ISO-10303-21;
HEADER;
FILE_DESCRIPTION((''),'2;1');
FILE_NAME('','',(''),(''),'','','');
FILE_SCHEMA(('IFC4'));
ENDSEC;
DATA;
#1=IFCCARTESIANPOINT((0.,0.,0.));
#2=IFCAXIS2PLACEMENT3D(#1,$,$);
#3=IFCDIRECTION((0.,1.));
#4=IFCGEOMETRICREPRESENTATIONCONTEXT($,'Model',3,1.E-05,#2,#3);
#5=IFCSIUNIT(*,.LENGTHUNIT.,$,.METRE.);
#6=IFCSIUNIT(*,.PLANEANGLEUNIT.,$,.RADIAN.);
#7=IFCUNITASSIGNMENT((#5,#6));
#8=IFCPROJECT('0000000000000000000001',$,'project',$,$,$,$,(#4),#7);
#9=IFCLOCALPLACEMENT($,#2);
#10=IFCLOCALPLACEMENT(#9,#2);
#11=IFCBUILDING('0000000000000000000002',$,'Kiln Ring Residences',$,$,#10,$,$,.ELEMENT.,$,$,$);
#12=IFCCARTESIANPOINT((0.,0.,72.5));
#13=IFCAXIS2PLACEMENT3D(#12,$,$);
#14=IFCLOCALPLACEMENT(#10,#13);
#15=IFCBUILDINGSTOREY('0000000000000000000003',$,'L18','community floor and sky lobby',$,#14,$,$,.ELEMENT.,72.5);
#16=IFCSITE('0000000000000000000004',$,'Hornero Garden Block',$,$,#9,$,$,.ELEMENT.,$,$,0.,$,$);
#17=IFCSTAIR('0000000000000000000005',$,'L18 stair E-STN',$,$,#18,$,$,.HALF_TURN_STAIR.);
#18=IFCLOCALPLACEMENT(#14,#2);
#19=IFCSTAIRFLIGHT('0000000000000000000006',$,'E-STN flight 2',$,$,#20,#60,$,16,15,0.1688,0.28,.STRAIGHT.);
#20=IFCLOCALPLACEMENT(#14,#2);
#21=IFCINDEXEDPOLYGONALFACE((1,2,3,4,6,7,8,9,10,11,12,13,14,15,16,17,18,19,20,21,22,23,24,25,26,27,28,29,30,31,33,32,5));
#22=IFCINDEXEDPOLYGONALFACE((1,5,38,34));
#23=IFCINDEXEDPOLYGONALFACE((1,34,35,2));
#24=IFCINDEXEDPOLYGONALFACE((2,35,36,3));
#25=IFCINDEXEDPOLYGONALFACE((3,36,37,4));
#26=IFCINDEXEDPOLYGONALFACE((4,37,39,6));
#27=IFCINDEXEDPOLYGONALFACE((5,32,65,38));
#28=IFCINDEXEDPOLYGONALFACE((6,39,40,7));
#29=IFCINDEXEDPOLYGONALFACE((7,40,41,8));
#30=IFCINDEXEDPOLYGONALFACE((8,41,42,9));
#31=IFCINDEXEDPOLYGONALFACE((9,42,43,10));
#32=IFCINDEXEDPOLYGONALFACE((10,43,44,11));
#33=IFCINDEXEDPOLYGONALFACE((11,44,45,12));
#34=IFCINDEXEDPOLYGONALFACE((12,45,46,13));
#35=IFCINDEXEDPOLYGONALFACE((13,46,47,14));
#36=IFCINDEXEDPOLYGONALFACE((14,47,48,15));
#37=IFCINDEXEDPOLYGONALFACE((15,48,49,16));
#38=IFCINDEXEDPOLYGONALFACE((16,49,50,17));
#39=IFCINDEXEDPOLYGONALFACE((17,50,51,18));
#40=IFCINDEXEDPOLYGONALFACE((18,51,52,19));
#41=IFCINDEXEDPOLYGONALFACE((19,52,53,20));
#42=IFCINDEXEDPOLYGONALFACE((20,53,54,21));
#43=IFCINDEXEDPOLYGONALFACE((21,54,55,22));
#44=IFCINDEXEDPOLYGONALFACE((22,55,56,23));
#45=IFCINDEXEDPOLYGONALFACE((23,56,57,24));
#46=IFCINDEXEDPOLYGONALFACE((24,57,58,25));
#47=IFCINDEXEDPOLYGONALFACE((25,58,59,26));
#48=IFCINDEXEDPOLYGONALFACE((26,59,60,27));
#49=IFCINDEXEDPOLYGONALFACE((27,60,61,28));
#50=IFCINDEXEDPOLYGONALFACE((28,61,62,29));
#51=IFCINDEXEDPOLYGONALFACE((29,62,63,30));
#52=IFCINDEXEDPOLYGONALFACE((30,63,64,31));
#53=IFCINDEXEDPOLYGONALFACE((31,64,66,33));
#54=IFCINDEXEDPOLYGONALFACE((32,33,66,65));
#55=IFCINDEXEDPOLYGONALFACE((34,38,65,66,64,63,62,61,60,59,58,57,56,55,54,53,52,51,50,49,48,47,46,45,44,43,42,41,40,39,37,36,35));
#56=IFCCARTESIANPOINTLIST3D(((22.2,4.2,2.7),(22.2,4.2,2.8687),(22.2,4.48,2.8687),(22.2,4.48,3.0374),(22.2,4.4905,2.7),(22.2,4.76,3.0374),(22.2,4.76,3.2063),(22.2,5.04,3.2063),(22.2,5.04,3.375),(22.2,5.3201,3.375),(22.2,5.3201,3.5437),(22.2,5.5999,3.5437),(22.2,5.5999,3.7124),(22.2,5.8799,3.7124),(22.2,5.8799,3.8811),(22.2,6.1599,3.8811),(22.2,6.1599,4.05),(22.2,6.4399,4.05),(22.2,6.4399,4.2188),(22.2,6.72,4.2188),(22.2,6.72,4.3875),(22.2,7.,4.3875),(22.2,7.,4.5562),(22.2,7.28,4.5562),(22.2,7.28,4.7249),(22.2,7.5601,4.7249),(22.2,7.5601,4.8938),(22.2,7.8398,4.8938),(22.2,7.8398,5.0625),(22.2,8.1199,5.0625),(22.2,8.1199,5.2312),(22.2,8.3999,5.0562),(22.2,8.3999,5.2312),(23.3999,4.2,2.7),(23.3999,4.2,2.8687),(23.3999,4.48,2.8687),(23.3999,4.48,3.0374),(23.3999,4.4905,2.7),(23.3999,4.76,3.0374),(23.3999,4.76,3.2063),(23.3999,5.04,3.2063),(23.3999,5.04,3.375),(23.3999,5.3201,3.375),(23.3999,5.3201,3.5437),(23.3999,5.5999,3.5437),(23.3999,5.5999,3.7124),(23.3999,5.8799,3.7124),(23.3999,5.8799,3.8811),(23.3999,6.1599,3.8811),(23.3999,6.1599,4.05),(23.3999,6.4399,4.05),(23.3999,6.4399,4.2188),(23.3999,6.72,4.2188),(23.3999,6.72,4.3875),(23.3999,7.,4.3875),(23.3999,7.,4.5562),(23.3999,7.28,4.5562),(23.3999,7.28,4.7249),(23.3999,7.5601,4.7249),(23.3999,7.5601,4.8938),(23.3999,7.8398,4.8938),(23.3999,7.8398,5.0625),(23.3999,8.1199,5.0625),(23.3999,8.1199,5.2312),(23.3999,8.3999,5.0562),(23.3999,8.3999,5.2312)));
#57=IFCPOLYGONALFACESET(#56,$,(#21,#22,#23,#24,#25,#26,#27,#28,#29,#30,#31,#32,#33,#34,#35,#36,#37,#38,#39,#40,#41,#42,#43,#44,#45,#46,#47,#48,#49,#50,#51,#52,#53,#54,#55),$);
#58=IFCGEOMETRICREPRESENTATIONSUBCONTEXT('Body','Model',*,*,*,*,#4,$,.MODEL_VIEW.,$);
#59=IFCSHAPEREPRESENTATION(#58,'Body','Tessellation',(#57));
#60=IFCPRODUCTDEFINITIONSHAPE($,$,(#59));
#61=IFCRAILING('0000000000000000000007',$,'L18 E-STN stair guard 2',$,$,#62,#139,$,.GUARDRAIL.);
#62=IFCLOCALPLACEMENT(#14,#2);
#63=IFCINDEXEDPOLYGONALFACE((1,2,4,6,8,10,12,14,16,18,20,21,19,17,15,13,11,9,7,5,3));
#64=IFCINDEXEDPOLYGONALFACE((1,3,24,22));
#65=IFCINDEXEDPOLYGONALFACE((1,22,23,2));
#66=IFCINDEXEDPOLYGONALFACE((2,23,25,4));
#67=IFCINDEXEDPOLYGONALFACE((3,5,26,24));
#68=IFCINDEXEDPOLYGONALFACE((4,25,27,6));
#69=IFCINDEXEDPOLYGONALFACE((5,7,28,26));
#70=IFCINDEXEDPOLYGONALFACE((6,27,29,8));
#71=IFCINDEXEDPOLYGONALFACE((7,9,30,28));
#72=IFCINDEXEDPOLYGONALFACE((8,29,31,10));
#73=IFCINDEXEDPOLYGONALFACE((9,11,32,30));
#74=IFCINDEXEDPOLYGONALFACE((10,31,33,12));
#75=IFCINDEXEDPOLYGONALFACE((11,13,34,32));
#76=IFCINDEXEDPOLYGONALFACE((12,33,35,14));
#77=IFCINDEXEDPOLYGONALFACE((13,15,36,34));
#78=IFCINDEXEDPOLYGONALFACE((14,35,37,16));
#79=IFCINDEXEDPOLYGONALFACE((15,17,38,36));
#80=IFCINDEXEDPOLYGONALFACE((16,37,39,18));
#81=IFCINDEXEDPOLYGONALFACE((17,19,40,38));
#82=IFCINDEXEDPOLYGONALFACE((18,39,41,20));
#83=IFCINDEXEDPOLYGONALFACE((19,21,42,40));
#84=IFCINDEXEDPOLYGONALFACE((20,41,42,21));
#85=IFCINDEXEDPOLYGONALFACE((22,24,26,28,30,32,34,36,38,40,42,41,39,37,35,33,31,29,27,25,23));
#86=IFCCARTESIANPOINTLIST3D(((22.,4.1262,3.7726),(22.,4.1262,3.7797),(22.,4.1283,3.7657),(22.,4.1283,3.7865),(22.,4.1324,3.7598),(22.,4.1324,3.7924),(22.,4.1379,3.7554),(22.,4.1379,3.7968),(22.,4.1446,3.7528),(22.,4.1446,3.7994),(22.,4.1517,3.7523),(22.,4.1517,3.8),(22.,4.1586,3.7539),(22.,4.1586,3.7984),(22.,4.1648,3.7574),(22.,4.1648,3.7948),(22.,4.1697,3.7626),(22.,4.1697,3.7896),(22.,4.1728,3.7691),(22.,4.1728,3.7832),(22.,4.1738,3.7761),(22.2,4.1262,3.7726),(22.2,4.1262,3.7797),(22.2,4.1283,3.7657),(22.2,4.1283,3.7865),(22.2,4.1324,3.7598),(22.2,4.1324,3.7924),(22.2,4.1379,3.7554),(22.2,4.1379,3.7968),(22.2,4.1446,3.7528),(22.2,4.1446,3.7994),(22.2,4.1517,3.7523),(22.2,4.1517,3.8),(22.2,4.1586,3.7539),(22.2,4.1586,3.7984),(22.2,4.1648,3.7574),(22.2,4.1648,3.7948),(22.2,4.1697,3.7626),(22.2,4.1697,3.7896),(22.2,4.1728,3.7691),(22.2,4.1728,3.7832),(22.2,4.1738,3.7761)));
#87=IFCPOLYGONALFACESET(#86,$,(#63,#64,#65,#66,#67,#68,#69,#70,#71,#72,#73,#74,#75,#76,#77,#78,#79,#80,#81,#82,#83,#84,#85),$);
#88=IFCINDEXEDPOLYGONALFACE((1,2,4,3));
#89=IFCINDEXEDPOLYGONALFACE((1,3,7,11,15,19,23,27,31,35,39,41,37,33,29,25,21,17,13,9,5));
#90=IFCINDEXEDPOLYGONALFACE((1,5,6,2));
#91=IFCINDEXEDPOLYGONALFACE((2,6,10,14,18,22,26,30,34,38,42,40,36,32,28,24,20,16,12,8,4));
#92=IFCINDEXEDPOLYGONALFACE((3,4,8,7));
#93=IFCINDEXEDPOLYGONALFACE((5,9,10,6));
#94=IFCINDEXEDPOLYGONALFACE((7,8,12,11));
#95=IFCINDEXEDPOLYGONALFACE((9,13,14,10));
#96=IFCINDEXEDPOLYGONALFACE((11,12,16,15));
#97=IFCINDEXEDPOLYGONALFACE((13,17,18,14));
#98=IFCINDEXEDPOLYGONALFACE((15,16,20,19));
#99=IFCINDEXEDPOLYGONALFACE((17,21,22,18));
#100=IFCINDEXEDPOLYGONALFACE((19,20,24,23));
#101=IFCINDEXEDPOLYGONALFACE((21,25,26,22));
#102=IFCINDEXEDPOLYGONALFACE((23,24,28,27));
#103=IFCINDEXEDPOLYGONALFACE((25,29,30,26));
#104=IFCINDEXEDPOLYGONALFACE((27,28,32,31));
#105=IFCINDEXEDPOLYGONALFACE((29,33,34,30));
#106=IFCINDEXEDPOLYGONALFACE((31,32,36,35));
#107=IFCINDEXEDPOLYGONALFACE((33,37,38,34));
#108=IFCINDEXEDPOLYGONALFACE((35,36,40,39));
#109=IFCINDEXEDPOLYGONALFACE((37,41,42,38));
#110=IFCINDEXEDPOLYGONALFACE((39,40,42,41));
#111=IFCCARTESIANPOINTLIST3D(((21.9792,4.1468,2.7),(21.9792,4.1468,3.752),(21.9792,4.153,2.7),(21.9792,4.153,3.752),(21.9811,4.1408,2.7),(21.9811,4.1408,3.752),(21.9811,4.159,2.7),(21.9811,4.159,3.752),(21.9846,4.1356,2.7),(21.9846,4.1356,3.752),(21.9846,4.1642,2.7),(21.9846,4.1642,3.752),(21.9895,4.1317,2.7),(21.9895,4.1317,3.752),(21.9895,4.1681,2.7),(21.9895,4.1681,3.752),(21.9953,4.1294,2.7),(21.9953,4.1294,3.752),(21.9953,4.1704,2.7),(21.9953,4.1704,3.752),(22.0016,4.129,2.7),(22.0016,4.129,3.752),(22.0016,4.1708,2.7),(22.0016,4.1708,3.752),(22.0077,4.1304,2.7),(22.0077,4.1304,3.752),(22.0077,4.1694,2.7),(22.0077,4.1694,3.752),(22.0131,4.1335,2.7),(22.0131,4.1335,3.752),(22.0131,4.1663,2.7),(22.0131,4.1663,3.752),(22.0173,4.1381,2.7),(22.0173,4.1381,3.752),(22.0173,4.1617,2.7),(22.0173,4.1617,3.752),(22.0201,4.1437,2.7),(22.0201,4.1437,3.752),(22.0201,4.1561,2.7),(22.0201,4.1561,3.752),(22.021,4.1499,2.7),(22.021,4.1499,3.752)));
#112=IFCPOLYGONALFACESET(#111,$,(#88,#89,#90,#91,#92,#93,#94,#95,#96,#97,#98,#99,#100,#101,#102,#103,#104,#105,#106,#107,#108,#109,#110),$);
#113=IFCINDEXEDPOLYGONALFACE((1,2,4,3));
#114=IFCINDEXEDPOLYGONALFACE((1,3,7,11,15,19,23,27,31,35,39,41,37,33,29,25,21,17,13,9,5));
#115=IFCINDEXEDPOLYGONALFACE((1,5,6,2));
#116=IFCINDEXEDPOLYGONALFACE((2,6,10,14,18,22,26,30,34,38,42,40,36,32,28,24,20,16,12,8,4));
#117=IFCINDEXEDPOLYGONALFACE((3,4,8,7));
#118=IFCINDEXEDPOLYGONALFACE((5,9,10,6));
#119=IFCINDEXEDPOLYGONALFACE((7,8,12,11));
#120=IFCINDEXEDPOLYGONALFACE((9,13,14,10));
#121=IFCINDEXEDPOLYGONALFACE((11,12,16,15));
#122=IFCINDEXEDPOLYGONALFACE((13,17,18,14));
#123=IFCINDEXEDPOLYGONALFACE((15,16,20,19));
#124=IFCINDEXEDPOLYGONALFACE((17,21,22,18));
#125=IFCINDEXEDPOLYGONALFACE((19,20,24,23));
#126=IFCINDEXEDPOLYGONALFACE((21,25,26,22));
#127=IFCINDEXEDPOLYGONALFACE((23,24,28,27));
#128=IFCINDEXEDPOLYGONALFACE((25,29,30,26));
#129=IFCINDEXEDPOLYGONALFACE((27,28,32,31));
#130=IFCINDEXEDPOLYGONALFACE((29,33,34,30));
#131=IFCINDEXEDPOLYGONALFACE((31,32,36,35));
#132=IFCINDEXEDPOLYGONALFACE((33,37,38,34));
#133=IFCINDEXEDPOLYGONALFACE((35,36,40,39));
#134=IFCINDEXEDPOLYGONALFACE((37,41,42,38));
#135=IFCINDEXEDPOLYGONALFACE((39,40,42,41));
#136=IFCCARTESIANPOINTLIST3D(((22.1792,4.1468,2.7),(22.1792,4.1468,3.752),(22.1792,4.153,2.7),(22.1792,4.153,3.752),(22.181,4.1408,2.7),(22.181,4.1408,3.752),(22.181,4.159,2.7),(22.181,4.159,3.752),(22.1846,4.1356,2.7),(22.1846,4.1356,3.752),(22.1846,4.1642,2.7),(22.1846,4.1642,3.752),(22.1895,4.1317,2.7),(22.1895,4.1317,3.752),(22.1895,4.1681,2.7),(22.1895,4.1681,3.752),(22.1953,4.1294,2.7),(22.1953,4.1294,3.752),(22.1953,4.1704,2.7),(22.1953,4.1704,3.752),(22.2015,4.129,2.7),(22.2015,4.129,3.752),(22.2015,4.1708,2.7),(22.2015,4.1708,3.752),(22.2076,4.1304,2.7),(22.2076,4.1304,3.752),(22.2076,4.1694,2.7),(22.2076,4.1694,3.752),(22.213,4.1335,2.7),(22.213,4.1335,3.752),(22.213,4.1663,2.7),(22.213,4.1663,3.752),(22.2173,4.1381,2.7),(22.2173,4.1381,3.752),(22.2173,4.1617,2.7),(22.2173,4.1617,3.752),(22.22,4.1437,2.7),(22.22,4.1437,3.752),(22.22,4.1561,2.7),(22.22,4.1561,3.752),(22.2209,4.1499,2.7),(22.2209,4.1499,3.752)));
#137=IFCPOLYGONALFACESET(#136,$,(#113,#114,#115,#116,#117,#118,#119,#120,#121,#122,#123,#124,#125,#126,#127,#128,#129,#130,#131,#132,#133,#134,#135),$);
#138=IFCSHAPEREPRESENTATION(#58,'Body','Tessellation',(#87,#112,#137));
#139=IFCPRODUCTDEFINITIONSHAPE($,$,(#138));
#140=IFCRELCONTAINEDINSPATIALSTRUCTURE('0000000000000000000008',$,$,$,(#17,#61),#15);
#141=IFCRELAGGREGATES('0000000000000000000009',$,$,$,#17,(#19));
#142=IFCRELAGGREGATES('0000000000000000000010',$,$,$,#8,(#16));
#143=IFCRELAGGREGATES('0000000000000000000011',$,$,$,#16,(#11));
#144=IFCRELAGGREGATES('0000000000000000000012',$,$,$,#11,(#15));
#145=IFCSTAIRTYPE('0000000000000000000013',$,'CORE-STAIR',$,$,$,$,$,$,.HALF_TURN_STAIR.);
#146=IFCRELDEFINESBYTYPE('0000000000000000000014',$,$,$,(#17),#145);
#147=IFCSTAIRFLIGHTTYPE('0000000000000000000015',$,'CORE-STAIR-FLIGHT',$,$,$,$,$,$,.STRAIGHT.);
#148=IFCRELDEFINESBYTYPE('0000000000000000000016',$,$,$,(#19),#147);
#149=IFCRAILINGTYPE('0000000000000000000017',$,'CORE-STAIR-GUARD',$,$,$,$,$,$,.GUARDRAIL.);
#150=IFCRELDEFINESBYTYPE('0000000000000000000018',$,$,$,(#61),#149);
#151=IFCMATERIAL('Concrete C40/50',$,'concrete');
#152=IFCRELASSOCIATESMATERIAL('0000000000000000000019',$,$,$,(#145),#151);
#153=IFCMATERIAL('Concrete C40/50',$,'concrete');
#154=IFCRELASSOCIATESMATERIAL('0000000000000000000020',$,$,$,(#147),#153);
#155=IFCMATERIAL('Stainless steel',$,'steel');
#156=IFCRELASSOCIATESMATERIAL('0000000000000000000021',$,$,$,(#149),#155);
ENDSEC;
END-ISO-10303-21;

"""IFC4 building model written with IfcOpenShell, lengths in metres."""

from ifc_helpers import new_model, si_unit, direction, frame, origin, origin_2d, place, context, subcontext, project, spatial, polyline, circle, outline, extrude, material, type_object, element, aggregate, save


model = new_model("IFC4")

# Units and contexts
model_context = context("Model", 3, precision=1e-05, world=origin(), true_north=direction((0.0, 1.0)))
body_context = subcontext(model_context, "Body", "Model", "MODEL_VIEW")
ifc_project = project(units=[si_unit("LENGTHUNIT", "METRE"), si_unit("PLANEANGLEUNIT", "RADIAN")], contexts=[model_context])

# Site, building, storey
site_placement = place(None, origin())
site = spatial("IfcSite", under=ifc_project, at=site_placement, Name="Hornero Garden Block", CompositionType="ELEMENT", RefElevation=0.0)
building_placement = place(site_placement, origin())
building = spatial("IfcBuilding", under=site, at=building_placement, Name="Kiln Ring Residences", CompositionType="ELEMENT")
storey_placement = place(building_placement, frame((0.0, 0.0, 72.5)))
storey = spatial("IfcBuildingStorey", under=building, at=storey_placement, Name="L18", Description="community floor and sky lobby", CompositionType="ELEMENT", Elevation=72.5)

# Shared definitions
placement = place(storey_placement, origin())

# Stair, stair flight
ifc_material_1 = material(Name="Concrete C40/50", Category="concrete")
stair_type = type_object("IfcStairType", Name="CORE-STAIR", PredefinedType="HALF_TURN_STAIR", material=ifc_material_1)
stair = element("IfcStair", 1, at=placement, inside=storey, type_object=stair_type, Name="L18 stair E-STN", PredefinedType="HALF_TURN_STAIR")
ifc_material_2 = material(Name="Concrete C40/50", Category="concrete")
stair_flight_type = type_object("IfcStairFlightType", Name="CORE-STAIR-FLIGHT", PredefinedType="STRAIGHT", material=ifc_material_2)
stair_flight_placement = place(storey_placement, frame((22.8, 4.2, 2.7), z_axis=(0.0, 0.0, 1.0), x_axis=(0.0, 1.0, 0.0)))
stair_flight = element("IfcStairFlight", 2, at=stair_flight_placement, type_object=stair_flight_type, Name="E-STN flight 2", NumberOfRisers=16, NumberOfTreads=15, PredefinedType="STRAIGHT", RiserHeight=0.1688, TreadLength=0.28, context=body_context, shape_type="SweptSolid", body=[
    extrude(outline(polyline([(0.0, 0.0), (0.0, 0.1687), (0.28, 0.1687), (0.28, 0.3374), (0.5601, 0.3374), (0.5601, 0.5063), (0.8401, 0.5063), (0.8401, 0.675), (1.1201, 0.675), (1.1201, 0.8438), (1.3999, 0.8438), (1.3999, 1.0125), (1.6799, 1.0125), (1.6799, 1.1812), (1.96, 1.1812), (1.96, 1.3501), (2.24, 1.3501), (2.24, 1.5188), (2.52, 1.5188), (2.52, 1.6875), (2.8, 1.6875), (2.8, 1.8562), (3.0801, 1.8562), (3.0801, 2.0249), (3.3601, 2.0249), (3.3601, 2.1938), (3.6399, 2.1938), (3.6399, 2.3625), (3.9199, 2.3625), (3.9199, 2.5312), (4.2, 2.5312), (4.2, 2.7), (4.2, 2.3562), (0.2905, 0.0), (0.0, 0.0)])), frame((0.0, 0.6001, 0.0), z_axis=(0.0, -1.0, 0.0), x_axis=(1.0, 0.0, 0.0)), (0.0, 0.0, 1.0), 1.2),
])
aggregate(stair, [stair_flight])

# Railing
ifc_material_3 = material(Name="Stainless steel", Category="steel")
railing_type_1 = type_object("IfcRailingType", Name="CORE-STAIR-GUARD", PredefinedType="GUARDRAIL", material=ifc_material_3)
railing_1_placement = place(storey_placement, frame((22.0, 4.1499, 2.7)))
element("IfcRailing", 3, at=railing_1_placement, inside=storey, type_object=railing_type_1, Name="L18 E-STN stair guard 2", PredefinedType="GUARDRAIL", context=body_context, shape_type="SweptSolid", body=[
    extrude(circle(Radius=0.0239, at=origin_2d()), frame((0.0, 0.0, 1.0762), z_axis=(1.0, 0.0, 0.0), x_axis=(0.0, 1.0, 0.0)), (0.0, 0.0, 1.0), 0.2),
    extrude(circle(Radius=0.021, at=origin_2d()), origin(), (0.0, 0.0, 1.0), 1.052),
    extrude(circle(Radius=0.021, at=origin_2d()), frame((0.2, 0.0, 0.0)), (0.0, 0.0, 1.0), 1.052),
])

save(model, "model.ifc")
